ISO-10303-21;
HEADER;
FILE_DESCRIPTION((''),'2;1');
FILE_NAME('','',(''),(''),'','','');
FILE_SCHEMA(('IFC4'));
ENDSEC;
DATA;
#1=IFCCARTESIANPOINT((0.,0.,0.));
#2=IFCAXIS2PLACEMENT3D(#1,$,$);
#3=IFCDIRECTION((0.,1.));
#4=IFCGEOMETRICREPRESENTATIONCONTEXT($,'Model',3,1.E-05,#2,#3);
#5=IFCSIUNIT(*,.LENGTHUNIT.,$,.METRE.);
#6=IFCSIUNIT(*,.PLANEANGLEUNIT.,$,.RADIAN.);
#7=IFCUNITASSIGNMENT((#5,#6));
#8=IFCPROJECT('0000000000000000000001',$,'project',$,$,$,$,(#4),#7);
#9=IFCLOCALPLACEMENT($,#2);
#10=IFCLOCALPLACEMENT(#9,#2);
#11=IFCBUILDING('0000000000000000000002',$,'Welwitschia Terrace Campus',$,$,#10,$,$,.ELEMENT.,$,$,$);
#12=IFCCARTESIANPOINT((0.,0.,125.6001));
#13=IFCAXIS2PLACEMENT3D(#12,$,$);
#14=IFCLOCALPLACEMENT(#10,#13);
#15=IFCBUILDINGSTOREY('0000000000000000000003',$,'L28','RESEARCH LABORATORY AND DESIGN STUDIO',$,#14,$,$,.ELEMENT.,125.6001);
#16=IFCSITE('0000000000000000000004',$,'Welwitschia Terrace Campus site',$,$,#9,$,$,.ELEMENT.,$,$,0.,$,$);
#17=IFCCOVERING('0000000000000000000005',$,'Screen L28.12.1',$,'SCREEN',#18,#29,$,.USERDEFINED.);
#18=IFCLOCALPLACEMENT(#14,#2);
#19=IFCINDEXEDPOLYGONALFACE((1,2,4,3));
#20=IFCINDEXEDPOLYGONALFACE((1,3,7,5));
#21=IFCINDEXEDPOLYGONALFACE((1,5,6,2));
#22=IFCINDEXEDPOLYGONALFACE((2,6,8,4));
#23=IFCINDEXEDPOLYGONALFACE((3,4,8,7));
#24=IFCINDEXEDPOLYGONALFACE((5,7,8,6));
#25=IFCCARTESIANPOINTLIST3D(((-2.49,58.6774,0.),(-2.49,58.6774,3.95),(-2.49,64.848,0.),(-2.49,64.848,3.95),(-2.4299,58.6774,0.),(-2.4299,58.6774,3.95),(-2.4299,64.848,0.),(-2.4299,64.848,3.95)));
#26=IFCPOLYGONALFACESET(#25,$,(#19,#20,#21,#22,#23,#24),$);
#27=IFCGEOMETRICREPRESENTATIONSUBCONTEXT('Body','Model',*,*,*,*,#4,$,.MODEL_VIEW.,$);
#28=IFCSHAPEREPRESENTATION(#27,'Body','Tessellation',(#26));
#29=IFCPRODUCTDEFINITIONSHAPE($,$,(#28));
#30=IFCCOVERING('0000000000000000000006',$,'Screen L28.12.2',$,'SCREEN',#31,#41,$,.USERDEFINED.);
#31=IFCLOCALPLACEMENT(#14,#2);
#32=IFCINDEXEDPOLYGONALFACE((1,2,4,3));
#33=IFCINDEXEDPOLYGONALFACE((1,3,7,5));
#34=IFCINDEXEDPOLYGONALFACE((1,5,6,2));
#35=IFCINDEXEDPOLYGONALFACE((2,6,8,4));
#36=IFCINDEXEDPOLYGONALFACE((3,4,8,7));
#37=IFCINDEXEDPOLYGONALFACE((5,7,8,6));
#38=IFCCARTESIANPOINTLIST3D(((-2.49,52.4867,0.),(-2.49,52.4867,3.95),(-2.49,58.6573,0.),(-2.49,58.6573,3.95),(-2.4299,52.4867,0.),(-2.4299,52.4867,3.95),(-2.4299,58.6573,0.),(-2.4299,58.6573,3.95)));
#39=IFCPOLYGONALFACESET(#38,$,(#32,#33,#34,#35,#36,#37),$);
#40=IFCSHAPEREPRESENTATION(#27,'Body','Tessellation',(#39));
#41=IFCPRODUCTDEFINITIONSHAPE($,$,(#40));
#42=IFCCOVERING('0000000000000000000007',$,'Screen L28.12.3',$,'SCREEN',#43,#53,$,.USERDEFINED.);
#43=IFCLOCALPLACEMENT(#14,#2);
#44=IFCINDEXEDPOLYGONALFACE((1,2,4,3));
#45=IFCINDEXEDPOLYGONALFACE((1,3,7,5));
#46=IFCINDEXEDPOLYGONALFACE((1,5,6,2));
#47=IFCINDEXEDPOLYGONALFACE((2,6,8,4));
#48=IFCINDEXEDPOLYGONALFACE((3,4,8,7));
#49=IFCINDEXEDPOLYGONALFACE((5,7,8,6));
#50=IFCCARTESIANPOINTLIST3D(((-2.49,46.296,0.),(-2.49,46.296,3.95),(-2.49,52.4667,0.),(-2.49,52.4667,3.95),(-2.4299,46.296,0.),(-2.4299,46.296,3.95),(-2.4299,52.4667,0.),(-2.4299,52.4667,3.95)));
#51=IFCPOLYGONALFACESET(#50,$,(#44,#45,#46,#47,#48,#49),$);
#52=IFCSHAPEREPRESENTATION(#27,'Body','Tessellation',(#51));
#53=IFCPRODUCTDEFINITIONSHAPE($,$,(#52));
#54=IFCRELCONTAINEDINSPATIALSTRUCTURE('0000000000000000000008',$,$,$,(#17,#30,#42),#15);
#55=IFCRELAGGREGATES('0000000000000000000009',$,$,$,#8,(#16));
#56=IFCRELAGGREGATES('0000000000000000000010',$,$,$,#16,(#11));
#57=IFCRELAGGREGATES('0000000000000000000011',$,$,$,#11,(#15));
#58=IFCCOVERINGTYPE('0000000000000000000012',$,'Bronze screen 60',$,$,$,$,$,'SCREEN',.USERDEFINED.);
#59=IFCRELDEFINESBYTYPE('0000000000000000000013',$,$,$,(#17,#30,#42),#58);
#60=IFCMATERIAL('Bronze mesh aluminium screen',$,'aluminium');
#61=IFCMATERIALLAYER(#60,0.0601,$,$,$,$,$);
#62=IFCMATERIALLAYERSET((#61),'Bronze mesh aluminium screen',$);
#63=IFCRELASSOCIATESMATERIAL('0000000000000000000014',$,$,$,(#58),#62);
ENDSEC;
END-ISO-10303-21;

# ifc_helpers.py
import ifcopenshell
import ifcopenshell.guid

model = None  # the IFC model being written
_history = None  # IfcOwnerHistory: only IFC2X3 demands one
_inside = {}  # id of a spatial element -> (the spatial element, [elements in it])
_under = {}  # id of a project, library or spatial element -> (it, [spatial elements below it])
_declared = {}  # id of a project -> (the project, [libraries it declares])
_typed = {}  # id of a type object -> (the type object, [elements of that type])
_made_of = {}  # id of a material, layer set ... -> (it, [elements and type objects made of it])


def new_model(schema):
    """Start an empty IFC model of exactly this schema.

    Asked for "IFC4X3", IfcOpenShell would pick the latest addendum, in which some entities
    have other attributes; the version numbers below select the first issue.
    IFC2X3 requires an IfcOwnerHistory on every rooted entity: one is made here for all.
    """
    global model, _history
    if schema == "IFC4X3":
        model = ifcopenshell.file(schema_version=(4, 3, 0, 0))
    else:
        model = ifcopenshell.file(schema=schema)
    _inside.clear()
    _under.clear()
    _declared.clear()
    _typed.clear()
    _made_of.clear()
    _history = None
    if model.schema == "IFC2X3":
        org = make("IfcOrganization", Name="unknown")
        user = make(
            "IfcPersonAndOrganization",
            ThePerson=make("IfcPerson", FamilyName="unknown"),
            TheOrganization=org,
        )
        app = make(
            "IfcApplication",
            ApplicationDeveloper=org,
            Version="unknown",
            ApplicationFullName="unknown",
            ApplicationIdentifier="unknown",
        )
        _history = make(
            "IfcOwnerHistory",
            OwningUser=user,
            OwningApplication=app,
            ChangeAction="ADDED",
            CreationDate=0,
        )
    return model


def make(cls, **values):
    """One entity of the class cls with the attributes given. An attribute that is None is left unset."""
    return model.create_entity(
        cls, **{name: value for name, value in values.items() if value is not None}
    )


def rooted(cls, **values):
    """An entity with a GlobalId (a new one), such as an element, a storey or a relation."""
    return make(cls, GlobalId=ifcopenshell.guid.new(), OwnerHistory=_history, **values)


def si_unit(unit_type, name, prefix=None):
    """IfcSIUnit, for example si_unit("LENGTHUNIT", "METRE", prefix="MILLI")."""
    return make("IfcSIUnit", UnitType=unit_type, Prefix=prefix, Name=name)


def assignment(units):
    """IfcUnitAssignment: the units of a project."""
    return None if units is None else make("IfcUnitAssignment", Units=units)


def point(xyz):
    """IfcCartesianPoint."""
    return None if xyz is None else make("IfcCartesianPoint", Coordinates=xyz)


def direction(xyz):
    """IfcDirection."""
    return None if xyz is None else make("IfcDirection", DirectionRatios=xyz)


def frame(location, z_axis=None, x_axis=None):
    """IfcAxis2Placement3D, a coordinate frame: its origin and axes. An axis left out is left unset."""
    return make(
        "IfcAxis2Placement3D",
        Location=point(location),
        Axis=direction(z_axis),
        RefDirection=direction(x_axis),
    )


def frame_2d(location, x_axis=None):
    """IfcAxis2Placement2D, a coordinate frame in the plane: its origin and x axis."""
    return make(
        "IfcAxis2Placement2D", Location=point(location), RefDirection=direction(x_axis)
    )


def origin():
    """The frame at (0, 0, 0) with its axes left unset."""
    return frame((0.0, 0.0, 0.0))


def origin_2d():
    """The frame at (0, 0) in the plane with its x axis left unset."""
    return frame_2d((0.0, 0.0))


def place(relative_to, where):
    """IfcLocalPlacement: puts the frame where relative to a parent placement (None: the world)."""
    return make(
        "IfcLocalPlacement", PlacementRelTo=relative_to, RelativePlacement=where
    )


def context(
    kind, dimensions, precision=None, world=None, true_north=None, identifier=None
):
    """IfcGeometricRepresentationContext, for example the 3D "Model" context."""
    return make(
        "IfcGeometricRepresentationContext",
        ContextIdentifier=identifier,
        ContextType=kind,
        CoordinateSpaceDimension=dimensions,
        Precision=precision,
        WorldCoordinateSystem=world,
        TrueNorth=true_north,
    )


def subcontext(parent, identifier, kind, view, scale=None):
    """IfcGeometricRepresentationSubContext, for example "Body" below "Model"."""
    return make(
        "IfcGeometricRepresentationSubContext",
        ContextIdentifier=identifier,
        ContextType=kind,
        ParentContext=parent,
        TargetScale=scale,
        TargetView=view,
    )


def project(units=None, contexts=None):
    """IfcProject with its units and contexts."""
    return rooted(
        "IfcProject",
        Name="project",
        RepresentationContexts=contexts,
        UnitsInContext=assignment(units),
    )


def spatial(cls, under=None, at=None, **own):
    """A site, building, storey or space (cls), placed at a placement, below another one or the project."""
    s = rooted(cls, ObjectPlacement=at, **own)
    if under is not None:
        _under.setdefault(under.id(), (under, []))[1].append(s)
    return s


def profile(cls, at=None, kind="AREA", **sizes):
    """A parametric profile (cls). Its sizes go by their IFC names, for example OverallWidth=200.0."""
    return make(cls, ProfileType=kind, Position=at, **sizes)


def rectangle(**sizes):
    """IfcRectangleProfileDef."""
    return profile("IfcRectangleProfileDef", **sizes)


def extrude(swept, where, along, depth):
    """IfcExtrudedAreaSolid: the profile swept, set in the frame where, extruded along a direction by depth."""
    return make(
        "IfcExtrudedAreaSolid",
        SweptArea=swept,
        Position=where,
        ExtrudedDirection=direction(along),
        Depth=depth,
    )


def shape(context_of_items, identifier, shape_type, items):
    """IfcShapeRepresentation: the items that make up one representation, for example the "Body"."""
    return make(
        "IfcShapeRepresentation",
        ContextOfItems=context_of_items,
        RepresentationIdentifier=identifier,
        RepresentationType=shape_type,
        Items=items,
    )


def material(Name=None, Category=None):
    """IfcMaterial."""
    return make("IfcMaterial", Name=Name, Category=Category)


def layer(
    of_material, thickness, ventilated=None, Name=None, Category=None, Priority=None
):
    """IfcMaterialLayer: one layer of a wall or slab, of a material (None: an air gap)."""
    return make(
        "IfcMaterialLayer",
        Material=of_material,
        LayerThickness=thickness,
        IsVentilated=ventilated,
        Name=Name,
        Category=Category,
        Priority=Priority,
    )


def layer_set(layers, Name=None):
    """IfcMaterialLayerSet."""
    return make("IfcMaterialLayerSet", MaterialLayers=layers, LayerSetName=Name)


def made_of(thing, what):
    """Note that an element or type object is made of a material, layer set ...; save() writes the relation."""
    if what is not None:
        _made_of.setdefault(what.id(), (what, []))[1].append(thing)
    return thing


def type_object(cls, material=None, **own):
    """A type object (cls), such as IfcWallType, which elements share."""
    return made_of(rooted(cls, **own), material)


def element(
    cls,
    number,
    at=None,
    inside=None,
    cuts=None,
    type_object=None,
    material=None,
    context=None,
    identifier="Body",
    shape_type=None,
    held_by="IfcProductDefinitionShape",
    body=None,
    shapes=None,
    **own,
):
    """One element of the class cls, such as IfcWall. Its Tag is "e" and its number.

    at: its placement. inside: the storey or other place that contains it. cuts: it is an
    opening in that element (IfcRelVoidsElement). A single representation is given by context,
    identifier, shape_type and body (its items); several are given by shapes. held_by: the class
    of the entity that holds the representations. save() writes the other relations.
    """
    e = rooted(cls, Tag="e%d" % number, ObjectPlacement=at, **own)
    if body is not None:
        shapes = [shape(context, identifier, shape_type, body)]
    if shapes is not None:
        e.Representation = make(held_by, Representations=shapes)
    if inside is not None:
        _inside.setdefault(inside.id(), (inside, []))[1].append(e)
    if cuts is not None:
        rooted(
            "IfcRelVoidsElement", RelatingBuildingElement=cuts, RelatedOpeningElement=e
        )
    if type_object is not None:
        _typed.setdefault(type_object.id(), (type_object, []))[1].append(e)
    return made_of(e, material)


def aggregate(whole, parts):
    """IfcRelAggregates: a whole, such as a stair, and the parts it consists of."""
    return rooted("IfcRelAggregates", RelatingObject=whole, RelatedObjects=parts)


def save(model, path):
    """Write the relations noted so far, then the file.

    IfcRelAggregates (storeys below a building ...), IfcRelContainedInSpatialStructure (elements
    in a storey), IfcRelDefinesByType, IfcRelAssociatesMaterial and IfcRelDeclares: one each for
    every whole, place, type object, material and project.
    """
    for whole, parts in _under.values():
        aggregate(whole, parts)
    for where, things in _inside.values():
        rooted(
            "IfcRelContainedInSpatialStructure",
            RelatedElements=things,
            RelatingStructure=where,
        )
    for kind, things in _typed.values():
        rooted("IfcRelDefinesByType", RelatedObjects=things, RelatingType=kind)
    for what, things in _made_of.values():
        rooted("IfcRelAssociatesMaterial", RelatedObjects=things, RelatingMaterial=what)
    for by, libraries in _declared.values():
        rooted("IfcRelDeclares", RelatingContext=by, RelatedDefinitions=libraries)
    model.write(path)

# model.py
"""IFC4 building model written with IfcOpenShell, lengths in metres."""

from ifc_helpers import new_model, si_unit, direction, frame, origin, origin_2d, place, context, subcontext, project, spatial, rectangle, extrude, material, layer, layer_set, type_object, element, save


model = new_model("IFC4")

# Units and contexts
model_context = context("Model", 3, precision=1e-05, world=origin(), true_north=direction((0.0, 1.0)))
body_context = subcontext(model_context, "Body", "Model", "MODEL_VIEW")
ifc_project = project(units=[si_unit("LENGTHUNIT", "METRE"), si_unit("PLANEANGLEUNIT", "RADIAN")], contexts=[model_context])

# Site, building, storey
site_placement = place(None, origin())
site = spatial("IfcSite", under=ifc_project, at=site_placement, Name="Welwitschia Terrace Campus site", CompositionType="ELEMENT", RefElevation=0.0)
building_placement = place(site_placement, origin())
building = spatial("IfcBuilding", under=site, at=building_placement, Name="Welwitschia Terrace Campus", CompositionType="ELEMENT")
storey_placement = place(building_placement, frame((0.0, 0.0, 125.6001)))
storey = spatial("IfcBuildingStorey", under=building, at=storey_placement, Name="L28", Description="RESEARCH LABORATORY AND DESIGN STUDIO", CompositionType="ELEMENT", Elevation=125.6001)

# Coverings
ifc_material_1 = material(Name="Bronze mesh aluminium screen", Category="aluminium")
ifc_layer_1 = layer(ifc_material_1, 0.0601)
ifc_layer_set_1 = layer_set([ifc_layer_1], Name="Bronze mesh aluminium screen")
covering_type = type_object("IfcCoveringType", Name="Bronze screen 60", ElementType="SCREEN", PredefinedType="USERDEFINED", material=ifc_layer_set_1)
for number, where, z_axis, x_axis, name in (
    (1, (-2.46, 61.7627, 0.0), (0.0, 0.0, 1.0), (0.0, -1.0, 0.0), "Screen L28.12.1"),
    (2, (-2.46, 55.572, 0.0), (0.0, 0.0, 1.0), (0.0, -1.0, 0.0), "Screen L28.12.2"),
    (3, (-2.46, 49.3813, 0.0), (0.0, 0.0, 1.0), (0.0, -1.0, 0.0), "Screen L28.12.3"),
):
    element("IfcCovering", number, at=place(storey_placement, frame(where, z_axis=z_axis, x_axis=x_axis)), inside=storey, type_object=covering_type, Name=name, ObjectType="SCREEN", PredefinedType="USERDEFINED", context=body_context, shape_type="SweptSolid", body=[
        extrude(rectangle(XDim=6.1707, YDim=0.0601, at=origin_2d()), origin(), (0.0, 0.0, 1.0), 3.95),
    ])

save(model, "model.ifc")
